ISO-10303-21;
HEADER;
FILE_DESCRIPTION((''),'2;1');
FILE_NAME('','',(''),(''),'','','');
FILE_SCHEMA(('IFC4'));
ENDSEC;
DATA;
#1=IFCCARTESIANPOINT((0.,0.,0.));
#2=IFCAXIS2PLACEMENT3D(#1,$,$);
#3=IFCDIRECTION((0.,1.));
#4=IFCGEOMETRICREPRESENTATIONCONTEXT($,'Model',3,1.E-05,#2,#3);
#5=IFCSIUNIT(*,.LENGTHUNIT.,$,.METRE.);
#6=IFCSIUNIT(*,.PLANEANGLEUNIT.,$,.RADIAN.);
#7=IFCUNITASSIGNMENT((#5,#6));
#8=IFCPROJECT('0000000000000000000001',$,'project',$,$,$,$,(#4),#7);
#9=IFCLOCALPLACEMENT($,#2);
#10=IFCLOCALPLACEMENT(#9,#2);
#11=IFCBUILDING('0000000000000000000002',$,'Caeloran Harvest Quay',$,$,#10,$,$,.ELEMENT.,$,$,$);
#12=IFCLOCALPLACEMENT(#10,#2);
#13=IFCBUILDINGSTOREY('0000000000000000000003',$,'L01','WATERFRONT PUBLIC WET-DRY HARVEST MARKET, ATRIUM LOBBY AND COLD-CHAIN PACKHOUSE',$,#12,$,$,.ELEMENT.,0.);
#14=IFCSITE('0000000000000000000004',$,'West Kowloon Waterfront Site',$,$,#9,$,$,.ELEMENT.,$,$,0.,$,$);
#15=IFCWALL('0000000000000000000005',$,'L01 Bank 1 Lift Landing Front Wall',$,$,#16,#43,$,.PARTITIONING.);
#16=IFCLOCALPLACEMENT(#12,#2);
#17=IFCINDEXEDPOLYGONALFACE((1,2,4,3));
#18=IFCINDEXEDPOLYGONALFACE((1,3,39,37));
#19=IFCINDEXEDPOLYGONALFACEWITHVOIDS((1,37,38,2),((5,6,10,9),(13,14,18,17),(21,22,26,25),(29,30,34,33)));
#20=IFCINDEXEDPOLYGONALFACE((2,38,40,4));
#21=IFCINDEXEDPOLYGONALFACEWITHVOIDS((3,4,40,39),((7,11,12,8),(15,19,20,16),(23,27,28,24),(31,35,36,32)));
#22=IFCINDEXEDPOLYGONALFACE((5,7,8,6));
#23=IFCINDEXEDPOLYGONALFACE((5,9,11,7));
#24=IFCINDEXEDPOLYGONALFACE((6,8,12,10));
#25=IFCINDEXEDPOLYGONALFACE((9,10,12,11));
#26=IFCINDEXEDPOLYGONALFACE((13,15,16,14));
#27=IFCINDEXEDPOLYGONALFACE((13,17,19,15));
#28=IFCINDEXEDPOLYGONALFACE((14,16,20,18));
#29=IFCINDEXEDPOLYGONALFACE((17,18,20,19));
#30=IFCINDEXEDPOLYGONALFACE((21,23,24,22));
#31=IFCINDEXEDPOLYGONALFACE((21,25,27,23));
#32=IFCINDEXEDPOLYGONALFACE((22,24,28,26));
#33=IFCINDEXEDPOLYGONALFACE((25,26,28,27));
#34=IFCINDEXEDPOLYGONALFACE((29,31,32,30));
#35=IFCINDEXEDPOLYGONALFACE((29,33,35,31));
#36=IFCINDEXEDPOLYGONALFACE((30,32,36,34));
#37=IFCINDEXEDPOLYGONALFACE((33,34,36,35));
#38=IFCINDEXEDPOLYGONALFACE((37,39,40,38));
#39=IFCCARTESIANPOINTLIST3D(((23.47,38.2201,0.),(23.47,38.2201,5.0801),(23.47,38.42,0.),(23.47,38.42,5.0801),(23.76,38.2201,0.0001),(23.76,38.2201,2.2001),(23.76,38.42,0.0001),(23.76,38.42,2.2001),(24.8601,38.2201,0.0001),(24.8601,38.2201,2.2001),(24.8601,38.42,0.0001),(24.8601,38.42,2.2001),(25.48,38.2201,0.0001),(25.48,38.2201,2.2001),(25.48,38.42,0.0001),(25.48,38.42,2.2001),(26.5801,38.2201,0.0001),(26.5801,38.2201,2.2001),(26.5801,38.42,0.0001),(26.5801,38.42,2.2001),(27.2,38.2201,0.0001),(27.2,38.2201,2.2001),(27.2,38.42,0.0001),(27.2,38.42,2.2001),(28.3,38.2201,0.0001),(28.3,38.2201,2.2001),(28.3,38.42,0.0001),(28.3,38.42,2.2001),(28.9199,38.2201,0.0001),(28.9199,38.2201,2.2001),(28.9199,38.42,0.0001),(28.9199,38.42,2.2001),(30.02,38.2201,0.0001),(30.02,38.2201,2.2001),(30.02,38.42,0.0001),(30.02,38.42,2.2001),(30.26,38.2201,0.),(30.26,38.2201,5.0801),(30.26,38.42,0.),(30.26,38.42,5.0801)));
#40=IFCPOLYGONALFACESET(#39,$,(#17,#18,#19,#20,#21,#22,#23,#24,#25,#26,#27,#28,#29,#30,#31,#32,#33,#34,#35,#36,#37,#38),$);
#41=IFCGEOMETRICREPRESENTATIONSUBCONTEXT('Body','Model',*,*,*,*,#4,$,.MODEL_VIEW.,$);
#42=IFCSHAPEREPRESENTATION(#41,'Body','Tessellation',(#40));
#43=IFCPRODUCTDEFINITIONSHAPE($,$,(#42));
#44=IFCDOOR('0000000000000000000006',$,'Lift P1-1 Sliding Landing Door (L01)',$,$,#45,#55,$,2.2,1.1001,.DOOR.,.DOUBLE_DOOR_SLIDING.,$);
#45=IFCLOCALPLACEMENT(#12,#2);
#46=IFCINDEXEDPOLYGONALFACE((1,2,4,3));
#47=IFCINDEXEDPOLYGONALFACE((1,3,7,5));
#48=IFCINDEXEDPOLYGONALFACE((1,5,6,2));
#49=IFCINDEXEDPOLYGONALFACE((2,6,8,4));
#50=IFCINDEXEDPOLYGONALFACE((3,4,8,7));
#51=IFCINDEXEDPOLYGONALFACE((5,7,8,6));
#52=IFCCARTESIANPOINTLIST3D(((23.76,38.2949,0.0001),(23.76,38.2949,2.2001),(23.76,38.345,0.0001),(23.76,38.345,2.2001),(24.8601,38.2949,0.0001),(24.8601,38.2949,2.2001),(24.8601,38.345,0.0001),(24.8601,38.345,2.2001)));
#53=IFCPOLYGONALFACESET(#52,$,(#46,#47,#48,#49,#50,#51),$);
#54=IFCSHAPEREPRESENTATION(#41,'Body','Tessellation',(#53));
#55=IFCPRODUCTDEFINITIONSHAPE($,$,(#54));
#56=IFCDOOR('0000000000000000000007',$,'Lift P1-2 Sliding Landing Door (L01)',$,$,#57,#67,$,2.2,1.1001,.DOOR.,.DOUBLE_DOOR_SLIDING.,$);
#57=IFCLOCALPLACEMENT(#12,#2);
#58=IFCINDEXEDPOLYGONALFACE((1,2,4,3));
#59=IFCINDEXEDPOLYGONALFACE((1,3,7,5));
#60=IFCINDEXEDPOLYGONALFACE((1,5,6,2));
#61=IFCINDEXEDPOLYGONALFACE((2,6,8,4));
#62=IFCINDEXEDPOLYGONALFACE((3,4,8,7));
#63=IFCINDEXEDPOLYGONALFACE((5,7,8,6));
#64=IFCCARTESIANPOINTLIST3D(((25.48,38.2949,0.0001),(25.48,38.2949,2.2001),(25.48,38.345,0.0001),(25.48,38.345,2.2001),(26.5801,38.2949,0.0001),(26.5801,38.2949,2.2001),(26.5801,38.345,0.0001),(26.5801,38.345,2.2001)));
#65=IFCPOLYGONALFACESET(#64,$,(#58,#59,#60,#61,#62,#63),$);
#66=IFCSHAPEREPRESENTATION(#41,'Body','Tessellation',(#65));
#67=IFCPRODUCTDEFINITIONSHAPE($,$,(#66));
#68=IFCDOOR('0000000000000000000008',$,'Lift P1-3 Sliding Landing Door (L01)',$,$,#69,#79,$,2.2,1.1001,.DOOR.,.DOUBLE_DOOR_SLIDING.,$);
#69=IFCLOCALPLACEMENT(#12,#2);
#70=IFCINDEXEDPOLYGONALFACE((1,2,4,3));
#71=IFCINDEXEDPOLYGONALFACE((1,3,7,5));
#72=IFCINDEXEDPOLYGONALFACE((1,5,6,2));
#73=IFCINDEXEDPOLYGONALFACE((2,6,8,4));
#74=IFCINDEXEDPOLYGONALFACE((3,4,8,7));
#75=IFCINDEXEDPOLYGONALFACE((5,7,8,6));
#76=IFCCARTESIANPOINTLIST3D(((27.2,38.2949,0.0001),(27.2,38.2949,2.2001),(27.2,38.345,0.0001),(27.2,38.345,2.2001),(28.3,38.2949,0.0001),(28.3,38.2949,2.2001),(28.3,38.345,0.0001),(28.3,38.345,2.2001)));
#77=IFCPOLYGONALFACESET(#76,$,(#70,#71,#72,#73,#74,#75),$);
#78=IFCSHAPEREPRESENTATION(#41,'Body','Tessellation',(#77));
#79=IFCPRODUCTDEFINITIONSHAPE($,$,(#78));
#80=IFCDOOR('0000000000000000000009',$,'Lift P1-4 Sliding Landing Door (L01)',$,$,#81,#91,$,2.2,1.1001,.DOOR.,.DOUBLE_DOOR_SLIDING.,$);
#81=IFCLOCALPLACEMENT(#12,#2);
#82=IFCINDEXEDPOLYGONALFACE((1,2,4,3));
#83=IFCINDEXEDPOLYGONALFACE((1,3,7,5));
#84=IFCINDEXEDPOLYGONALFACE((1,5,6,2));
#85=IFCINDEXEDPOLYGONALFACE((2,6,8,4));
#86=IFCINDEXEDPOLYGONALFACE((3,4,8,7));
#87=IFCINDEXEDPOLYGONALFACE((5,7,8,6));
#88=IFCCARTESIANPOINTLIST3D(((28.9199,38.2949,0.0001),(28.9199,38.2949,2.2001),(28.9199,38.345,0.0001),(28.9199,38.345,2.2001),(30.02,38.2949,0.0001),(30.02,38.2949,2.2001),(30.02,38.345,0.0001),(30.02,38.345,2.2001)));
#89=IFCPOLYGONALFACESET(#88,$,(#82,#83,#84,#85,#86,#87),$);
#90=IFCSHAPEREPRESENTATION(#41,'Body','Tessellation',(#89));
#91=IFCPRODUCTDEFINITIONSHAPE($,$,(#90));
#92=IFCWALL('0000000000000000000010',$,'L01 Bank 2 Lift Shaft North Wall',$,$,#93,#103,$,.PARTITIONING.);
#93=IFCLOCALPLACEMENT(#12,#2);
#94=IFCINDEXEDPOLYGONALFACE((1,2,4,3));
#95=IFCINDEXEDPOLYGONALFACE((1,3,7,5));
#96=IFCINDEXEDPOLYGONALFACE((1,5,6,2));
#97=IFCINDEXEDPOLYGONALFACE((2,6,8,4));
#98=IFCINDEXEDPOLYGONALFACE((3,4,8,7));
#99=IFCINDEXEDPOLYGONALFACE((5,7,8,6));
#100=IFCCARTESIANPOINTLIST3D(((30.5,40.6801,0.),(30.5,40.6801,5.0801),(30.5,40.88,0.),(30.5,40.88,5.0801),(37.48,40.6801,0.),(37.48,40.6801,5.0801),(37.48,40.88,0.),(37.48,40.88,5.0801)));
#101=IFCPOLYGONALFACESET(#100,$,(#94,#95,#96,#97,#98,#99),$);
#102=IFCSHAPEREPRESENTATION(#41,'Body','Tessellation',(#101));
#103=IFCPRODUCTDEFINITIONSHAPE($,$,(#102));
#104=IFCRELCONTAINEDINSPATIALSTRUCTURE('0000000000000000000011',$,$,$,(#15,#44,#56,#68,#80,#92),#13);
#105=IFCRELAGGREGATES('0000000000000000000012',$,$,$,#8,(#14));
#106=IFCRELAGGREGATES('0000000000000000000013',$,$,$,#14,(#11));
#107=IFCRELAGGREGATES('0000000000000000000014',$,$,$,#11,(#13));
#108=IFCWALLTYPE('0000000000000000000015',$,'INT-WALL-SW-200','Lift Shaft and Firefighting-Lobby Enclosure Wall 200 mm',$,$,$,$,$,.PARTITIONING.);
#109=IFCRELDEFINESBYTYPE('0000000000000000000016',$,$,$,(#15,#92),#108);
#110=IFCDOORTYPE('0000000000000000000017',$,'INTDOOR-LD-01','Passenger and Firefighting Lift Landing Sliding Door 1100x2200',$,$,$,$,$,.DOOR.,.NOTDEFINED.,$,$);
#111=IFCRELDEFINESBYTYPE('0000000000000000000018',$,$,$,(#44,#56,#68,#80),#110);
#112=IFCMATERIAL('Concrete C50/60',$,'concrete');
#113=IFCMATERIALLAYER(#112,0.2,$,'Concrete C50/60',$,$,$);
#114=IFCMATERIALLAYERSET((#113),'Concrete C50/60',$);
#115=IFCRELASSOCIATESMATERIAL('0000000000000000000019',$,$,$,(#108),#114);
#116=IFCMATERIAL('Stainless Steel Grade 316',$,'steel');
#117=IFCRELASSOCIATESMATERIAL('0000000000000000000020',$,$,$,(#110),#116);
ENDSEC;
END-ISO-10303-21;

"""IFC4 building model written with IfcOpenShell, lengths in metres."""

from ifc_helpers import new_model, si_unit, direction, frame, frame_2d, origin, place, context, subcontext, project, spatial, rectangle, extrude, material, layer, layer_set, type_object, element, fill, save


model = new_model("IFC4")

# Units and contexts
model_context = context("Model", 3, precision=1e-05, world=origin(), true_north=direction((0.0, 1.0)))
body_context = subcontext(model_context, "Body", "Model", "MODEL_VIEW")
ifc_project = project(units=[si_unit("LENGTHUNIT", "METRE"), si_unit("PLANEANGLEUNIT", "RADIAN")], contexts=[model_context])

# Site, building, storey
site_placement = place(None, origin())
site = spatial("IfcSite", under=ifc_project, at=site_placement, Name="West Kowloon Waterfront Site", CompositionType="ELEMENT", RefElevation=0.0)
building_placement = place(site_placement, origin())
building = spatial("IfcBuilding", under=site, at=building_placement, Name="Caeloran Harvest Quay", CompositionType="ELEMENT")
storey_placement = place(building_placement, origin())
storey = spatial("IfcBuildingStorey", under=building, at=storey_placement, Name="L01", Description="WATERFRONT PUBLIC WET-DRY HARVEST MARKET, ATRIUM LOBBY AND COLD-CHAIN PACKHOUSE", CompositionType="ELEMENT", Elevation=0.0)

# Shared definitions
ifc_material_1 = material(Name="Concrete C50/60", Category="concrete")
ifc_layer_1 = layer(ifc_material_1, 0.2, Name="Concrete C50/60")
ifc_layer_set_1 = layer_set([ifc_layer_1], Name="Concrete C50/60")
wall_type_1 = type_object("IfcWallType", Name="INT-WALL-SW-200", Description="Lift Shaft and Firefighting-Lobby Enclosure Wall 200 mm", PredefinedType="PARTITIONING", material=ifc_layer_set_1)
ifc_material_2 = material(Name="Stainless Steel Grade 316", Category="steel")

# Wall, openings, doors
wall_1_placement = place(storey_placement, frame((23.47, 38.3201, 0.0), z_axis=(0.0, 0.0, 1.0), x_axis=(1.0, 0.0, 0.0)))
wall_1 = element("IfcWall", 1, at=wall_1_placement, inside=storey, type_object=wall_type_1, Name="L01 Bank 1 Lift Landing Front Wall", PredefinedType="PARTITIONING", context=body_context, shape_type="SweptSolid", body=[
    extrude(rectangle(XDim=6.79, YDim=0.2, at=frame_2d((3.395, 0.0))), origin(), (0.0, 0.0, 1.0), 5.0801),
])
opening_1_placement = place(wall_1_placement, frame((0.29, 0.0, 0.0)))
opening_1 = element("IfcOpeningElement", 2, at=opening_1_placement, cuts=wall_1, PredefinedType="OPENING", context=body_context, shape_type="SweptSolid", body=[
    extrude(rectangle(XDim=1.1001, YDim=2.2, at=frame_2d((0.55, 1.1001))), frame((0.0, 0.1099, 0.0), z_axis=(0.0, -1.0, 0.0), x_axis=(1.0, 0.0, 0.0)), (0.0, 0.0, 1.0), 0.22),
])
opening_2_placement = place(wall_1_placement, frame((2.01, 0.0, 0.0)))
opening_2 = element("IfcOpeningElement", 3, at=opening_2_placement, cuts=wall_1, PredefinedType="OPENING", context=body_context, shape_type="SweptSolid", body=[
    extrude(rectangle(XDim=1.1001, YDim=2.2, at=frame_2d((0.55, 1.1001))), frame((0.0, 0.1099, 0.0), z_axis=(0.0, -1.0, 0.0), x_axis=(1.0, 0.0, 0.0)), (0.0, 0.0, 1.0), 0.22),
])
opening_3_placement = place(wall_1_placement, frame((3.73, 0.0, 0.0)))
opening_3 = element("IfcOpeningElement", 4, at=opening_3_placement, cuts=wall_1, PredefinedType="OPENING", context=body_context, shape_type="SweptSolid", body=[
    extrude(rectangle(XDim=1.1001, YDim=2.2, at=frame_2d((0.55, 1.1001))), frame((0.0, 0.1099, 0.0), z_axis=(0.0, -1.0, 0.0), x_axis=(1.0, 0.0, 0.0)), (0.0, 0.0, 1.0), 0.22),
])
opening_4_placement = place(wall_1_placement, frame((5.45, 0.0, 0.0)))
opening_4 = element("IfcOpeningElement", 5, at=opening_4_placement, cuts=wall_1, PredefinedType="OPENING", context=body_context, shape_type="SweptSolid", body=[
    extrude(rectangle(XDim=1.1001, YDim=2.2, at=frame_2d((0.55, 1.1001))), frame((0.0, 0.1099, 0.0), z_axis=(0.0, -1.0, 0.0), x_axis=(1.0, 0.0, 0.0)), (0.0, 0.0, 1.0), 0.22),
])
door_type_1 = type_object("IfcDoorType", Name="INTDOOR-LD-01", Description="Passenger and Firefighting Lift Landing Sliding Door 1100x2200", OperationType="NOTDEFINED", PredefinedType="DOOR", material=ifc_material_2)
door_1_placement = place(opening_1_placement, origin())
door_1 = element("IfcDoor", 6, at=door_1_placement, inside=storey, type_object=door_type_1, Name="Lift P1-1 Sliding Landing Door (L01)", OperationType="DOUBLE_DOOR_SLIDING", OverallHeight=2.2, OverallWidth=1.1001, PredefinedType="DOOR", context=body_context, shape_type="SweptSolid", body=[
    extrude(rectangle(XDim=1.1001, YDim=2.2, at=frame_2d((0.55, 1.1001))), frame((0.0, 0.0249, 0.0), z_axis=(0.0, -1.0, 0.0), x_axis=(1.0, 0.0, 0.0)), (0.0, 0.0, 1.0), 0.05),
])
fill(opening_1, door_1)
door_2_placement = place(opening_2_placement, origin())
door_2 = element("IfcDoor", 7, at=door_2_placement, inside=storey, type_object=door_type_1, Name="Lift P1-2 Sliding Landing Door (L01)", OperationType="DOUBLE_DOOR_SLIDING", OverallHeight=2.2, OverallWidth=1.1001, PredefinedType="DOOR", context=body_context, shape_type="SweptSolid", body=[
    extrude(rectangle(XDim=1.1001, YDim=2.2, at=frame_2d((0.55, 1.1001))), frame((0.0, 0.0249, 0.0), z_axis=(0.0, -1.0, 0.0), x_axis=(1.0, 0.0, 0.0)), (0.0, 0.0, 1.0), 0.05),
])
fill(opening_2, door_2)
door_3_placement = place(opening_3_placement, origin())
door_3 = element("IfcDoor", 8, at=door_3_placement, inside=storey, type_object=door_type_1, Name="Lift P1-3 Sliding Landing Door (L01)", OperationType="DOUBLE_DOOR_SLIDING", OverallHeight=2.2, OverallWidth=1.1001, PredefinedType="DOOR", context=body_context, shape_type="SweptSolid", body=[
    extrude(rectangle(XDim=1.1001, YDim=2.2, at=frame_2d((0.55, 1.1001))), frame((0.0, 0.0249, 0.0), z_axis=(0.0, -1.0, 0.0), x_axis=(1.0, 0.0, 0.0)), (0.0, 0.0, 1.0), 0.05),
])
fill(opening_3, door_3)
door_4_placement = place(opening_4_placement, origin())
door_4 = element("IfcDoor", 9, at=door_4_placement, inside=storey, type_object=door_type_1, Name="Lift P1-4 Sliding Landing Door (L01)", OperationType="DOUBLE_DOOR_SLIDING", OverallHeight=2.2, OverallWidth=1.1001, PredefinedType="DOOR", context=body_context, shape_type="SweptSolid", body=[
    extrude(rectangle(XDim=1.1001, YDim=2.2, at=frame_2d((0.55, 1.1001))), frame((0.0, 0.0249, 0.0), z_axis=(0.0, -1.0, 0.0), x_axis=(1.0, 0.0, 0.0)), (0.0, 0.0, 1.0), 0.05),
])
fill(opening_4, door_4)

# Wall
wall_2_placement = place(storey_placement, frame((30.5, 40.78, 0.0), z_axis=(0.0, 0.0, 1.0), x_axis=(1.0, 0.0, 0.0)))
element("IfcWall", 10, at=wall_2_placement, inside=storey, type_object=wall_type_1, Name="L01 Bank 2 Lift Shaft North Wall", PredefinedType="PARTITIONING", context=body_context, shape_type="SweptSolid", body=[
    extrude(rectangle(XDim=6.98, YDim=0.2, at=frame_2d((3.49, 0.0))), origin(), (0.0, 0.0, 1.0), 5.0801),
])

save(model, "model.ifc")
